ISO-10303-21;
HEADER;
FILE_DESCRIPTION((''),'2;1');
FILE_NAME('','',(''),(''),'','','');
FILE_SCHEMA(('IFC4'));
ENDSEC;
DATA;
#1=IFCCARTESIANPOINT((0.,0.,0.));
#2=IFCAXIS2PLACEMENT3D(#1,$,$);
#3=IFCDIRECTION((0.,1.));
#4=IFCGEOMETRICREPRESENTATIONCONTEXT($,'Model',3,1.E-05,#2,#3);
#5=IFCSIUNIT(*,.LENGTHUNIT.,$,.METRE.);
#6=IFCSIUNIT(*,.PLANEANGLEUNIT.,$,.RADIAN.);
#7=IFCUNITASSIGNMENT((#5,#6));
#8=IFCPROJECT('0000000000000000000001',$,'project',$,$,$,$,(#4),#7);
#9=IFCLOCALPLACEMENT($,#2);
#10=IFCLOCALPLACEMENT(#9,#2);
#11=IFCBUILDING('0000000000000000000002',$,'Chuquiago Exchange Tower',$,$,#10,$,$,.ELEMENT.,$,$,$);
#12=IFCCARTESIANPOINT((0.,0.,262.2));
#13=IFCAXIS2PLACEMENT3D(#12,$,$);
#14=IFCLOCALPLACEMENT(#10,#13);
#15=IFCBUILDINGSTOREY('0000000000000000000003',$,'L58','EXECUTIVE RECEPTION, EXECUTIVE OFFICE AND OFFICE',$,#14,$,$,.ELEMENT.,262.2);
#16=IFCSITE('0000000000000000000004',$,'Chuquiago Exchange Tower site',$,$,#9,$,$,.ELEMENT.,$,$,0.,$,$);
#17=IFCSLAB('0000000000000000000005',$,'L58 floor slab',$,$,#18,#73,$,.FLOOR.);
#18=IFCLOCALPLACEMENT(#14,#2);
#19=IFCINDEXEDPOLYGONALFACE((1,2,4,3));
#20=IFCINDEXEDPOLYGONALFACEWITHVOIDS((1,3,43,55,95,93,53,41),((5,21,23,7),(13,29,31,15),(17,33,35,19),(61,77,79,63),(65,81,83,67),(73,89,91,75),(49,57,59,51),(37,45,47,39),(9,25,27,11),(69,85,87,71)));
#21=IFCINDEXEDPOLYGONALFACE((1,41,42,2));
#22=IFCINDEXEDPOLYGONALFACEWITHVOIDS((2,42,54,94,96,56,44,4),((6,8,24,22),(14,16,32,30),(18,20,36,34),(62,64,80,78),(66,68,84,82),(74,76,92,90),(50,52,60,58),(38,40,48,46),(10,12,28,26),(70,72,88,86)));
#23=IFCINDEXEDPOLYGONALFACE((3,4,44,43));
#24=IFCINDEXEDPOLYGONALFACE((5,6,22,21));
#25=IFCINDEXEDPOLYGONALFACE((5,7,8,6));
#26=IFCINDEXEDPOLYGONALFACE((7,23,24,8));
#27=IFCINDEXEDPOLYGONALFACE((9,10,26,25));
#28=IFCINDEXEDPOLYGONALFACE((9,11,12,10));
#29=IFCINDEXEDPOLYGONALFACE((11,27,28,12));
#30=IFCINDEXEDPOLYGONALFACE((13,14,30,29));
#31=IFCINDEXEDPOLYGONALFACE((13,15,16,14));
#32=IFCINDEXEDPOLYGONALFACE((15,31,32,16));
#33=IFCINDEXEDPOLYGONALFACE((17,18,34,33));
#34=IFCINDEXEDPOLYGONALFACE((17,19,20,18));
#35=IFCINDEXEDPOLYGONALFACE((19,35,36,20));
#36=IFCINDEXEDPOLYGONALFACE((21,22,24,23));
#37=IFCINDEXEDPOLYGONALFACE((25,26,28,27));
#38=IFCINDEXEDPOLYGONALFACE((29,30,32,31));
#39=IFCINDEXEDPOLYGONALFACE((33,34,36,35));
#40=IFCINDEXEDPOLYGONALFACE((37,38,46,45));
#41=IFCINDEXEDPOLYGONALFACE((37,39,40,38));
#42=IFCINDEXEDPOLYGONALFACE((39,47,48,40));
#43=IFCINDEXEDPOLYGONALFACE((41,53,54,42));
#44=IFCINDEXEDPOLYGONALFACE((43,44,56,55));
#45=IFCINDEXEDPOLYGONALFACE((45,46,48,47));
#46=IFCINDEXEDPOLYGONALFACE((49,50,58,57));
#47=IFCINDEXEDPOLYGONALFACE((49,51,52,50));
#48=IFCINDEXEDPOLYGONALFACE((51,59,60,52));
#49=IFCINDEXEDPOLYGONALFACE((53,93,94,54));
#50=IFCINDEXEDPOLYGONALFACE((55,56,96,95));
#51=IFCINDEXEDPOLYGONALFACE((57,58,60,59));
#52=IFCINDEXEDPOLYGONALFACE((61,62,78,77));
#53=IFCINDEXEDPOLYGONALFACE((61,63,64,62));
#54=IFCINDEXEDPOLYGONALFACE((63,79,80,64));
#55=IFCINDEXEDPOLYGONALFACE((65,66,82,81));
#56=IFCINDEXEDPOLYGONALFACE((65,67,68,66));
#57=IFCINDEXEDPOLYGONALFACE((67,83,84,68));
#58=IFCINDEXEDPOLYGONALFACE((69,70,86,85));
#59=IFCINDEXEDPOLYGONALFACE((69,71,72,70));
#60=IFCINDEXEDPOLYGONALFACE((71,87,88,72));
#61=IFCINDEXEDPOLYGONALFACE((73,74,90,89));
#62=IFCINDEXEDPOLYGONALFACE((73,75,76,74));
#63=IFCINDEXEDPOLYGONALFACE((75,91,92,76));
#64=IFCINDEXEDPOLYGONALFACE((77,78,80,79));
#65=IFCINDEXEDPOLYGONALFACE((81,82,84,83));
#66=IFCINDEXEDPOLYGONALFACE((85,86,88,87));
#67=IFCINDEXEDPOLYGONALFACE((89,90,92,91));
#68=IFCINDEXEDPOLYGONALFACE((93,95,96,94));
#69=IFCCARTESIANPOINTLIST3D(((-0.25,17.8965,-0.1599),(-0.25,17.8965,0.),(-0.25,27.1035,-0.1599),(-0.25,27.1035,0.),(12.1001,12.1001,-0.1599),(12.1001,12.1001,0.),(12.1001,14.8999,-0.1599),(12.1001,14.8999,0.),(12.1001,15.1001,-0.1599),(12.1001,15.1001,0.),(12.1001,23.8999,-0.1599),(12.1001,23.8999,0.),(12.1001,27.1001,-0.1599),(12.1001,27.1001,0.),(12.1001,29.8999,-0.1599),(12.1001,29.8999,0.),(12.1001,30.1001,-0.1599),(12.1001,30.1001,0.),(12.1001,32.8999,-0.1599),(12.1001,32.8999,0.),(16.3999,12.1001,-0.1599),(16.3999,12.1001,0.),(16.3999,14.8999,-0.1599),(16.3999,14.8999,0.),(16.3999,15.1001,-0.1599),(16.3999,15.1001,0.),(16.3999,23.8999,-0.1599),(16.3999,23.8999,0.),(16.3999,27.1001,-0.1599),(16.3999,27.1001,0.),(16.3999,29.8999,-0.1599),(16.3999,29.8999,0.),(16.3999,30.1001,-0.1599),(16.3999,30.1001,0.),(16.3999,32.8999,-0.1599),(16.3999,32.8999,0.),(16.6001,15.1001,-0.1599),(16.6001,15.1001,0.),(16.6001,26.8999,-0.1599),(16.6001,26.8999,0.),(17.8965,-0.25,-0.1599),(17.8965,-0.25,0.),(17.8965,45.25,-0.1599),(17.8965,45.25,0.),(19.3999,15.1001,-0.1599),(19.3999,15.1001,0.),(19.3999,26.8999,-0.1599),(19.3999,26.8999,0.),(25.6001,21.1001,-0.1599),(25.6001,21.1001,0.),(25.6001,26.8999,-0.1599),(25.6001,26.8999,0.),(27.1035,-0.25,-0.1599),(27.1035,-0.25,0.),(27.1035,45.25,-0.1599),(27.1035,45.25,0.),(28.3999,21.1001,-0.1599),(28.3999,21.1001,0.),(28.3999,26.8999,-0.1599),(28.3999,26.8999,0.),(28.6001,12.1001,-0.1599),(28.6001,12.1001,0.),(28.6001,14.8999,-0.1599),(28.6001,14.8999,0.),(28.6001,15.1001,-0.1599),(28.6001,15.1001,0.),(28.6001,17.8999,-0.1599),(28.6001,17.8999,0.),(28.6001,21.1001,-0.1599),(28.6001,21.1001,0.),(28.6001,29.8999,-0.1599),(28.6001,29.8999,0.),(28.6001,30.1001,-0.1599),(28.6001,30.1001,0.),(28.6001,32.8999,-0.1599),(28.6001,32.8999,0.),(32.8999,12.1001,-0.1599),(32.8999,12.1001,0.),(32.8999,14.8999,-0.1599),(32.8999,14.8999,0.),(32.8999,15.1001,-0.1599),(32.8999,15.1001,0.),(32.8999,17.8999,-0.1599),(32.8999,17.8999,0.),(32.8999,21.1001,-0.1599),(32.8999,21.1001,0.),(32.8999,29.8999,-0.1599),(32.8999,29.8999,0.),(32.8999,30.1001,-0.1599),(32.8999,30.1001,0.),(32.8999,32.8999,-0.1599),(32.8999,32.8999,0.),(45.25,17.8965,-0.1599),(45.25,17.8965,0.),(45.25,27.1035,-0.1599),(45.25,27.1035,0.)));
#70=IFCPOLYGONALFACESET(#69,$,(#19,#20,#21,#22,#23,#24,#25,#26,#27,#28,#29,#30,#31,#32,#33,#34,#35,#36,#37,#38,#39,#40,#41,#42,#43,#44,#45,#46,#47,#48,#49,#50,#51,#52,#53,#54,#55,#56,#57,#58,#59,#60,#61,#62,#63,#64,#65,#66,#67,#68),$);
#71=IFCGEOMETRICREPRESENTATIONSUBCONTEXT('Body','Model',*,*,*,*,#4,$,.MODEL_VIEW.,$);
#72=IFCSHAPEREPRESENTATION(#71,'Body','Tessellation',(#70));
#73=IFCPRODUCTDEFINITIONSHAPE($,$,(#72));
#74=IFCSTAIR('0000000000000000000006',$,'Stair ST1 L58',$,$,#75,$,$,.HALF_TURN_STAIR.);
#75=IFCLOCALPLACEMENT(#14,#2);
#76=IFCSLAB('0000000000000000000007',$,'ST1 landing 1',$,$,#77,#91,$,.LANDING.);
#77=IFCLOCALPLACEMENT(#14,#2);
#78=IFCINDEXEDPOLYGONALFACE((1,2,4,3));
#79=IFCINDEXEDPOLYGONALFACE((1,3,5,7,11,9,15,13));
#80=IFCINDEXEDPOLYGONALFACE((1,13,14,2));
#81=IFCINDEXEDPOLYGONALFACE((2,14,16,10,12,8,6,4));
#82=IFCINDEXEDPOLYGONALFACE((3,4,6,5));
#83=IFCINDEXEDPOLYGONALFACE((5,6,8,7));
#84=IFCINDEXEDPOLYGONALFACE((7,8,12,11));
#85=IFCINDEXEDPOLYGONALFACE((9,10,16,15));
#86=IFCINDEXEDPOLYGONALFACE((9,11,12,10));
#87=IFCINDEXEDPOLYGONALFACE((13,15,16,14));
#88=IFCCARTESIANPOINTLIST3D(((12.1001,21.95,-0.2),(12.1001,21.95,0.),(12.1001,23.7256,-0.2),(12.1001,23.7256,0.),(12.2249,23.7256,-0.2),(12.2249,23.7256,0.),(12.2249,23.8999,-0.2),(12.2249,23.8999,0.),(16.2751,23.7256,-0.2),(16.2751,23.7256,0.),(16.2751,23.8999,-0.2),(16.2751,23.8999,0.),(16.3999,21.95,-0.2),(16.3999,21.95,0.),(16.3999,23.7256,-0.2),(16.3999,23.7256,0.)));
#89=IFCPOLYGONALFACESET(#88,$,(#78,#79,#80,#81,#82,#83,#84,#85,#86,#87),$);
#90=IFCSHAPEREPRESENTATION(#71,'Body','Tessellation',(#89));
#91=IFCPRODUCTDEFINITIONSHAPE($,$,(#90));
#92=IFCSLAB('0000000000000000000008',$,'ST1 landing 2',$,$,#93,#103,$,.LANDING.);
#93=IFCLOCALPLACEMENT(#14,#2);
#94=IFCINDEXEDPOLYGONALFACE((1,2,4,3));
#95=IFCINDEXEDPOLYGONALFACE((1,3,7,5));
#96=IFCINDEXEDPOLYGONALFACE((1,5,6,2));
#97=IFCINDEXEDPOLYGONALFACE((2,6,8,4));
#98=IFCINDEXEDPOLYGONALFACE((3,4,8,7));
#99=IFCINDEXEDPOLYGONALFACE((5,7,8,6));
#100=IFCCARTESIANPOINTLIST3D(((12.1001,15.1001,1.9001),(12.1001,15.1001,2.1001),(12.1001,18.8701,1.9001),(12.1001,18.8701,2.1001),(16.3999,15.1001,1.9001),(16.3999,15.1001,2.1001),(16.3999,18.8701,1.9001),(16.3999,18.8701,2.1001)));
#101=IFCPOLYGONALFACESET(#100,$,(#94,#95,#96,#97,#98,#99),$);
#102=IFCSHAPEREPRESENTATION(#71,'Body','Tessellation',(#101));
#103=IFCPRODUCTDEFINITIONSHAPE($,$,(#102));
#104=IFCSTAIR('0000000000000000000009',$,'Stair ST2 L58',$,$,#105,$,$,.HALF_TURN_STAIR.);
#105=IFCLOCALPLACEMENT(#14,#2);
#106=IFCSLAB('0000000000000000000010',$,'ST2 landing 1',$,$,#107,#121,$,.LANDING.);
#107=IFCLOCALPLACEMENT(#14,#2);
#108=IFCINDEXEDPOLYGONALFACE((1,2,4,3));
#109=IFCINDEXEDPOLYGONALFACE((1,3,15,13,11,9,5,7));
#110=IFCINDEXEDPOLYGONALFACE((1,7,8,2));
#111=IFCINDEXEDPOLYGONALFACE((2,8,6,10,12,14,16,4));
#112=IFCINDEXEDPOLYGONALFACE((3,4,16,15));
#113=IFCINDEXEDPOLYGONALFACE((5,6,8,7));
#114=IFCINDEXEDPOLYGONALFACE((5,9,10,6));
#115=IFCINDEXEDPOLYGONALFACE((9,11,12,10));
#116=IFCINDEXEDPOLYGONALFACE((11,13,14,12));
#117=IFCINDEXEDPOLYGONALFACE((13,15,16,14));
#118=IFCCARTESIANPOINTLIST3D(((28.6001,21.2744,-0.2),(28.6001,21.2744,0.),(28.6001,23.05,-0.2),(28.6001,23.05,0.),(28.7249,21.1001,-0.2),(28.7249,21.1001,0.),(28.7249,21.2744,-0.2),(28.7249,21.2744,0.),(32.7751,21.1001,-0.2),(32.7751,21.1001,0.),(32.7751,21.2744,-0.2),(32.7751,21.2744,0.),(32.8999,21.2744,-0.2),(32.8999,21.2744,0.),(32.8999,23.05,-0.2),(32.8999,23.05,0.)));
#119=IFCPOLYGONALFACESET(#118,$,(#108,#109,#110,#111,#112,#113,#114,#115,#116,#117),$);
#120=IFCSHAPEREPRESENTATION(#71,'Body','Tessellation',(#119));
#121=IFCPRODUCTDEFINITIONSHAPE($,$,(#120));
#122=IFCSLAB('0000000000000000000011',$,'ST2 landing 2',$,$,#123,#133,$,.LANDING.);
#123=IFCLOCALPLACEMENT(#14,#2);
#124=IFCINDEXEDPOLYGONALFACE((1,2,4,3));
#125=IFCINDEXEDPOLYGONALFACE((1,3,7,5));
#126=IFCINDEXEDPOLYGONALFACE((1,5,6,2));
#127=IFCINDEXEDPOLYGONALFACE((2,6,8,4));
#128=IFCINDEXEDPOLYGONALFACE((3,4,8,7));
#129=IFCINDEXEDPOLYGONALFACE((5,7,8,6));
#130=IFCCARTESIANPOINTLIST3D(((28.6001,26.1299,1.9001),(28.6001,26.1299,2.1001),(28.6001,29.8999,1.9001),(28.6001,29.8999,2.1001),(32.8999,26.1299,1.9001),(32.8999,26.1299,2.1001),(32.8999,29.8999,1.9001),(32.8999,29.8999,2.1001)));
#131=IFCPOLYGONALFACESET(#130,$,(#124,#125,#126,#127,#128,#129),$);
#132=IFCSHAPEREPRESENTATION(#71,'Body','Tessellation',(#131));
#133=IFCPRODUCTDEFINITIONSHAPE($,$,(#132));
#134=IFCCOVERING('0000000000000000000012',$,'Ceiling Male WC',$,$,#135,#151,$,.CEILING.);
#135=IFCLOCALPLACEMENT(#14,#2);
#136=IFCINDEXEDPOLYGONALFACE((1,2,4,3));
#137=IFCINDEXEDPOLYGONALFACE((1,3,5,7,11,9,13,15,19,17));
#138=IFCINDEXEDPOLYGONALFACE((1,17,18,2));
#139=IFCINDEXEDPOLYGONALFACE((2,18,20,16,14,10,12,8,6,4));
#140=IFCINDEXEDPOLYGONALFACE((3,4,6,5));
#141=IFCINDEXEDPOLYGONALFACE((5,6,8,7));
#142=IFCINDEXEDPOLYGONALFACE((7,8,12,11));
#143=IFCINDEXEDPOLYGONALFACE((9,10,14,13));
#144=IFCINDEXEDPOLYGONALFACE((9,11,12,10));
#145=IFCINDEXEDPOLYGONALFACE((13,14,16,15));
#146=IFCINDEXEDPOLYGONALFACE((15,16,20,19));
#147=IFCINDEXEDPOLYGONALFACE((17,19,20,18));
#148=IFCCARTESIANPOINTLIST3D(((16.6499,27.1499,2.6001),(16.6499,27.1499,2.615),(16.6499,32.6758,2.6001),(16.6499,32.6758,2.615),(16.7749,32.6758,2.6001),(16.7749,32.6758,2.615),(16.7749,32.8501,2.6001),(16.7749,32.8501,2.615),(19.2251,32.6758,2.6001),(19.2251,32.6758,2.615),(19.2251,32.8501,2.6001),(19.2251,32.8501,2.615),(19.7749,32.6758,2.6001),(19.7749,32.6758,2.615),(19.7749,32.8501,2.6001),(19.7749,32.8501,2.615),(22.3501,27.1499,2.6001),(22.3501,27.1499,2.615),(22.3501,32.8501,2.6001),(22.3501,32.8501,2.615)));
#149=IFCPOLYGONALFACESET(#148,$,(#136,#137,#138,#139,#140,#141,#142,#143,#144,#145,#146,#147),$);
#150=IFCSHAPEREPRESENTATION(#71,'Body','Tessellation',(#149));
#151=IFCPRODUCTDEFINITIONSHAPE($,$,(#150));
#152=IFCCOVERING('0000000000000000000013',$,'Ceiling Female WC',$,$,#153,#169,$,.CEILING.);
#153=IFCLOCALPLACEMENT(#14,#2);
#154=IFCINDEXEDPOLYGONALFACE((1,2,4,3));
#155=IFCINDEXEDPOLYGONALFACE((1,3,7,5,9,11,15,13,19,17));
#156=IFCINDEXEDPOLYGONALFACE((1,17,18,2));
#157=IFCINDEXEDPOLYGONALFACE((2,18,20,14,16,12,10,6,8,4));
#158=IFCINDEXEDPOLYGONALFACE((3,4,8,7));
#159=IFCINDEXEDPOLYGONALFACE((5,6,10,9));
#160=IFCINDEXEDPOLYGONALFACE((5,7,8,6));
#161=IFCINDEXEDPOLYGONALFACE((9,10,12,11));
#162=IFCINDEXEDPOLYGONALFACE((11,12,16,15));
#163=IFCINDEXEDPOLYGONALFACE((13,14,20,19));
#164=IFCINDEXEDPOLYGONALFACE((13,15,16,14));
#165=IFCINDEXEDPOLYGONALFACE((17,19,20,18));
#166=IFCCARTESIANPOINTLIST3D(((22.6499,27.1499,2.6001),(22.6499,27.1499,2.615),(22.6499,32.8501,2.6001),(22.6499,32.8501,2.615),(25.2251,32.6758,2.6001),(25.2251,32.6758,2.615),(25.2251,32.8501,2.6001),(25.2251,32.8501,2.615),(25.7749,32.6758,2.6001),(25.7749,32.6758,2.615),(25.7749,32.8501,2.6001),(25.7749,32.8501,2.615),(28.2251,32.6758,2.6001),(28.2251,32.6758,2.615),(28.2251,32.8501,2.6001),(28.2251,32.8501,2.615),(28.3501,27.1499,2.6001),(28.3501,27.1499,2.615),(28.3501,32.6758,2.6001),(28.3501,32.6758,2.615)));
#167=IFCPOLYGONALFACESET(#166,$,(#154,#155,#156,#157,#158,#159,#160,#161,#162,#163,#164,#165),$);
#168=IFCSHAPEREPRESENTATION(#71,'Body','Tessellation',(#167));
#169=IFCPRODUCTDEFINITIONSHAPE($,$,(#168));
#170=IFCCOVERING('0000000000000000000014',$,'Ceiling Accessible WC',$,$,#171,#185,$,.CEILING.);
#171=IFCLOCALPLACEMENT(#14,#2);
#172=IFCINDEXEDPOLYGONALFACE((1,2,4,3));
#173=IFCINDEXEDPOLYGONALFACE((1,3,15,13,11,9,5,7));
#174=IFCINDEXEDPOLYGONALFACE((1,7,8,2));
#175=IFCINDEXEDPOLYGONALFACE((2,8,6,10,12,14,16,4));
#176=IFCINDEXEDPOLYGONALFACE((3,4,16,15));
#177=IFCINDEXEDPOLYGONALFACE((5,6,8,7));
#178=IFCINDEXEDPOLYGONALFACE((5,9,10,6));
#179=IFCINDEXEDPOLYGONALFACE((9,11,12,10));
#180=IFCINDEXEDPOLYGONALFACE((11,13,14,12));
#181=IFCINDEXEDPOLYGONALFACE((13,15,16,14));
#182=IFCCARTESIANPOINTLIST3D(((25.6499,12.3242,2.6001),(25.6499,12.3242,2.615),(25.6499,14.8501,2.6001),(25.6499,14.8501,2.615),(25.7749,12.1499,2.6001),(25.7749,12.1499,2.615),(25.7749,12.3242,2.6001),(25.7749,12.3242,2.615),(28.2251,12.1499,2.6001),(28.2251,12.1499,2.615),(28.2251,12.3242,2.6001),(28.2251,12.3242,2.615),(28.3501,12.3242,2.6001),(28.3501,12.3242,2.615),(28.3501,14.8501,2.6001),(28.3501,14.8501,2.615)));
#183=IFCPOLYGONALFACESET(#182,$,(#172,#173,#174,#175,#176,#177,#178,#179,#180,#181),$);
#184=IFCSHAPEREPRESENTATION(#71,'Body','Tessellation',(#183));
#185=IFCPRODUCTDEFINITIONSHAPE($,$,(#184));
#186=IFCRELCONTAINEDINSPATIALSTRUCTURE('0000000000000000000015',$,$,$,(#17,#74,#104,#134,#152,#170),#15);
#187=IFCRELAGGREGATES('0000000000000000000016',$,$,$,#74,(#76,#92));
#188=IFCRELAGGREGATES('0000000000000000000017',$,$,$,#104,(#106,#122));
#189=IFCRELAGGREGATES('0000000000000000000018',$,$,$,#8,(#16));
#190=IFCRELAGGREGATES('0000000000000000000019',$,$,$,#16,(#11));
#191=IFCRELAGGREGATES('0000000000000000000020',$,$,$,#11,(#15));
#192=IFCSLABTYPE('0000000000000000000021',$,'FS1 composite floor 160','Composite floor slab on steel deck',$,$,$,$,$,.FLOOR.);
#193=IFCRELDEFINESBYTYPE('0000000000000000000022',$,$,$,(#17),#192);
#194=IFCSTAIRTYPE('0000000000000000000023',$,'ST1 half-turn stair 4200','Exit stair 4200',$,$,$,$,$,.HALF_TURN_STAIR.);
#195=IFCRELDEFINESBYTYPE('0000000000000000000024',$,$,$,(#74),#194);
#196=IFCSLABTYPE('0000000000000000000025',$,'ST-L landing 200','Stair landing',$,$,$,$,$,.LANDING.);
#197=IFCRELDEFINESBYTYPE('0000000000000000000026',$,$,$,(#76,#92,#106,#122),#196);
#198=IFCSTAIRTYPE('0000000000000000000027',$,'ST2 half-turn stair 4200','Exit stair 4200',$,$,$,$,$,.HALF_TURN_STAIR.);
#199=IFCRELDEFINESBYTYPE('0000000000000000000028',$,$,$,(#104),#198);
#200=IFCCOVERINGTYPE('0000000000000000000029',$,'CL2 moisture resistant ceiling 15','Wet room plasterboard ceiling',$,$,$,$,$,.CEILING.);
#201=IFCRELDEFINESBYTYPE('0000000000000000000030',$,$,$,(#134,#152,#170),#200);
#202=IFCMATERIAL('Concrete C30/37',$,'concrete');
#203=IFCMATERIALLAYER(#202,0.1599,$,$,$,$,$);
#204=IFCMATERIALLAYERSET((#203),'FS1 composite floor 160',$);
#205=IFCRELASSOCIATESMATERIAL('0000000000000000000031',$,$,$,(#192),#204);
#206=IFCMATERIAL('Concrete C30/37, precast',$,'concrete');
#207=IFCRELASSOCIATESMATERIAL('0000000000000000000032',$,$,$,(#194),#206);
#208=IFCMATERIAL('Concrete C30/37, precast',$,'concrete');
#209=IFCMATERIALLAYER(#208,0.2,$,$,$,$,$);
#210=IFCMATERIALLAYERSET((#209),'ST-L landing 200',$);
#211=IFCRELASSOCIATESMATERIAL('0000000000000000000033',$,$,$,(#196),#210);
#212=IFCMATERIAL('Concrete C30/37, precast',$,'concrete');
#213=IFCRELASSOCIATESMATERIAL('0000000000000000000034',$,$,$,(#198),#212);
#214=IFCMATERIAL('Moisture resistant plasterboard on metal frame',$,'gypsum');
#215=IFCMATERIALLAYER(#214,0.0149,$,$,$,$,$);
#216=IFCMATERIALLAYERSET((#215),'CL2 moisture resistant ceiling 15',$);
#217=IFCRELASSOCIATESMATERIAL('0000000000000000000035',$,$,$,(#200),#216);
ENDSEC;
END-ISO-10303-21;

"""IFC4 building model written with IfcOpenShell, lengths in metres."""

from ifc_helpers import new_model, si_unit, direction, frame, origin, place, context, subcontext, project, spatial, polyline, outline, extrude, material, layer, layer_set, type_object, element, aggregate, save


model = new_model("IFC4")

# Units and contexts
model_context = context("Model", 3, precision=1e-05, world=origin(), true_north=direction((0.0, 1.0)))
body_context = subcontext(model_context, "Body", "Model", "MODEL_VIEW")
ifc_project = project(units=[si_unit("LENGTHUNIT", "METRE"), si_unit("PLANEANGLEUNIT", "RADIAN")], contexts=[model_context])

# Site, building, storey
site_placement = place(None, origin())
site = spatial("IfcSite", under=ifc_project, at=site_placement, Name="Chuquiago Exchange Tower site", CompositionType="ELEMENT", RefElevation=0.0)
building_placement = place(site_placement, origin())
building = spatial("IfcBuilding", under=site, at=building_placement, Name="Chuquiago Exchange Tower", CompositionType="ELEMENT")
storey_placement = place(building_placement, frame((0.0, 0.0, 262.2)))
storey = spatial("IfcBuildingStorey", under=building, at=storey_placement, Name="L58", Description="EXECUTIVE RECEPTION, EXECUTIVE OFFICE AND OFFICE", CompositionType="ELEMENT", Elevation=262.2)

# Slab
ifc_material_1 = material(Name="Concrete C30/37", Category="concrete")
ifc_layer_1 = layer(ifc_material_1, 0.1599)
ifc_layer_set_1 = layer_set([ifc_layer_1], Name="FS1 composite floor 160")
slab_type_1 = type_object("IfcSlabType", Name="FS1 composite floor 160", Description="Composite floor slab on steel deck", PredefinedType="FLOOR", material=ifc_layer_set_1)
slab_1_placement = place(storey_placement, frame((0.0, 0.0, -0.1599)))
element("IfcSlab", 1, at=slab_1_placement, inside=storey, type_object=slab_type_1, Name="L58 floor slab", PredefinedType="FLOOR", context=body_context, shape_type="SweptSolid", body=[
    extrude(outline(polyline([(17.8965, -0.25), (-0.25, 17.8965), (-0.25, 27.1035), (17.8965, 45.25), (27.1035, 45.25), (45.25, 27.1035), (45.25, 17.8965), (27.1035, -0.25), (17.8965, -0.25)]), holes=[polyline([(16.3999, 15.1001), (12.1001, 15.1001), (12.1001, 23.8999), (16.3999, 23.8999), (16.3999, 15.1001)]), polyline([(32.8999, 21.1001), (28.6001, 21.1001), (28.6001, 29.8999), (32.8999, 29.8999), (32.8999, 21.1001)]), polyline([(16.3999, 12.1001), (12.1001, 12.1001), (12.1001, 14.8999), (16.3999, 14.8999), (16.3999, 12.1001)]), polyline([(16.3999, 30.1001), (12.1001, 30.1001), (12.1001, 32.8999), (16.3999, 32.8999), (16.3999, 30.1001)]), polyline([(32.8999, 12.1001), (28.6001, 12.1001), (28.6001, 14.8999), (32.8999, 14.8999), (32.8999, 12.1001)]), polyline([(32.8999, 30.1001), (28.6001, 30.1001), (28.6001, 32.8999), (32.8999, 32.8999), (32.8999, 30.1001)]), polyline([(16.3999, 27.1001), (12.1001, 27.1001), (12.1001, 29.8999), (16.3999, 29.8999), (16.3999, 27.1001)]), polyline([(32.8999, 15.1001), (28.6001, 15.1001), (28.6001, 17.8999), (32.8999, 17.8999), (32.8999, 15.1001)]), polyline([(19.3999, 15.1001), (16.6001, 15.1001), (16.6001, 26.8999), (19.3999, 26.8999), (19.3999, 15.1001)]), polyline([(28.3999, 21.1001), (25.6001, 21.1001), (25.6001, 26.8999), (28.3999, 26.8999), (28.3999, 21.1001)])]), origin(), (0.0, 0.0, 1.0), 0.1599),
])

# Stairs, slabs
ifc_material_2 = material(Name="Concrete C30/37, precast", Category="concrete")
stair_type_1 = type_object("IfcStairType", Name="ST1 half-turn stair 4200", Description="Exit stair 4200", PredefinedType="HALF_TURN_STAIR", material=ifc_material_2)
stair_1_placement = place(storey_placement, origin())
stair_1 = element("IfcStair", 2, at=stair_1_placement, inside=storey, type_object=stair_type_1, Name="Stair ST1 L58", PredefinedType="HALF_TURN_STAIR")
ifc_material_3 = material(Name="Concrete C30/37, precast", Category="concrete")
ifc_layer_2 = layer(ifc_material_3, 0.2)
ifc_layer_set_2 = layer_set([ifc_layer_2], Name="ST-L landing 200")
slab_type_2 = type_object("IfcSlabType", Name="ST-L landing 200", Description="Stair landing", PredefinedType="LANDING", material=ifc_layer_set_2)
slab_2_placement = place(storey_placement, frame((0.0, 0.0, -0.2)))
slab_2 = element("IfcSlab", 3, at=slab_2_placement, type_object=slab_type_2, Name="ST1 landing 1", PredefinedType="LANDING", context=body_context, shape_type="SweptSolid", body=[
    extrude(outline(polyline([(12.2249, 23.8999), (16.2751, 23.8999), (16.2751, 23.7256), (16.3999, 23.7256), (16.3999, 21.95), (12.1001, 21.95), (12.1001, 23.7256), (12.2249, 23.7256), (12.2249, 23.8999)])), origin(), (0.0, 0.0, 1.0), 0.2),
])
slab_3_placement = place(storey_placement, frame((0.0, 0.0, 1.9001)))
slab_3 = element("IfcSlab", 4, at=slab_3_placement, type_object=slab_type_2, Name="ST1 landing 2", PredefinedType="LANDING", context=body_context, shape_type="SweptSolid", body=[
    extrude(outline(polyline([(12.1001, 18.8701), (16.3999, 18.8701), (16.3999, 15.1001), (12.1001, 15.1001), (12.1001, 18.8701)])), origin(), (0.0, 0.0, 1.0), 0.2),
])
aggregate(stair_1, [slab_2, slab_3])
ifc_material_4 = material(Name="Concrete C30/37, precast", Category="concrete")
stair_type_2 = type_object("IfcStairType", Name="ST2 half-turn stair 4200", Description="Exit stair 4200", PredefinedType="HALF_TURN_STAIR", material=ifc_material_4)
stair_2_placement = place(storey_placement, origin())
stair_2 = element("IfcStair", 5, at=stair_2_placement, inside=storey, type_object=stair_type_2, Name="Stair ST2 L58", PredefinedType="HALF_TURN_STAIR")
slab_4_placement = place(storey_placement, frame((0.0, 0.0, -0.2)))
slab_4 = element("IfcSlab", 6, at=slab_4_placement, type_object=slab_type_2, Name="ST2 landing 1", PredefinedType="LANDING", context=body_context, shape_type="SweptSolid", body=[
    extrude(outline(polyline([(32.7751, 21.2744), (32.7751, 21.1001), (28.7249, 21.1001), (28.7249, 21.2744), (28.6001, 21.2744), (28.6001, 23.05), (32.8999, 23.05), (32.8999, 21.2744), (32.7751, 21.2744)])), origin(), (0.0, 0.0, 1.0), 0.2),
])
slab_5_placement = place(storey_placement, frame((0.0, 0.0, 1.9001)))
slab_5 = element("IfcSlab", 7, at=slab_5_placement, type_object=slab_type_2, Name="ST2 landing 2", PredefinedType="LANDING", context=body_context, shape_type="SweptSolid", body=[
    extrude(outline(polyline([(28.6001, 29.8999), (32.8999, 29.8999), (32.8999, 26.1299), (28.6001, 26.1299), (28.6001, 29.8999)])), origin(), (0.0, 0.0, 1.0), 0.2),
])
aggregate(stair_2, [slab_4, slab_5])

# Coverings
ifc_material_5 = material(Name="Moisture resistant plasterboard on metal frame", Category="gypsum")
ifc_layer_3 = layer(ifc_material_5, 0.0149)
ifc_layer_set_3 = layer_set([ifc_layer_3], Name="CL2 moisture resistant ceiling 15")
covering_type_1 = type_object("IfcCoveringType", Name="CL2 moisture resistant ceiling 15", Description="Wet room plasterboard ceiling", PredefinedType="CEILING", material=ifc_layer_set_3)
covering_1_placement = place(storey_placement, frame((0.0, 0.0, 2.6001)))
element("IfcCovering", 8, at=covering_1_placement, inside=storey, type_object=covering_type_1, Name="Ceiling Male WC", PredefinedType="CEILING", context=body_context, shape_type="SweptSolid", body=[
    extrude(outline(polyline([(16.6499, 27.1499), (16.6499, 32.6758), (16.7749, 32.6758), (16.7749, 32.8501), (19.2251, 32.8501), (19.2251, 32.6758), (19.7749, 32.6758), (19.7749, 32.8501), (22.3501, 32.8501), (22.3501, 27.1499), (16.6499, 27.1499)])), origin(), (0.0, 0.0, 1.0), 0.0149),
])
covering_2_placement = place(storey_placement, frame((0.0, 0.0, 2.6001)))
element("IfcCovering", 9, at=covering_2_placement, inside=storey, type_object=covering_type_1, Name="Ceiling Female WC", PredefinedType="CEILING", context=body_context, shape_type="SweptSolid", body=[
    extrude(outline(polyline([(22.6499, 27.1499), (22.6499, 32.8501), (25.2251, 32.8501), (25.2251, 32.6758), (25.7749, 32.6758), (25.7749, 32.8501), (28.2251, 32.8501), (28.2251, 32.6758), (28.3501, 32.6758), (28.3501, 27.1499), (22.6499, 27.1499)])), origin(), (0.0, 0.0, 1.0), 0.0149),
])
covering_3_placement = place(storey_placement, frame((0.0, 0.0, 2.6001)))
element("IfcCovering", 10, at=covering_3_placement, inside=storey, type_object=covering_type_1, Name="Ceiling Accessible WC", PredefinedType="CEILING", context=body_context, shape_type="SweptSolid", body=[
    extrude(outline(polyline([(25.7749, 12.1499), (25.7749, 12.3242), (25.6499, 12.3242), (25.6499, 14.8501), (28.3501, 14.8501), (28.3501, 12.3242), (28.2251, 12.3242), (28.2251, 12.1499), (25.7749, 12.1499)])), origin(), (0.0, 0.0, 1.0), 0.0149),
])

save(model, "model.ifc")
